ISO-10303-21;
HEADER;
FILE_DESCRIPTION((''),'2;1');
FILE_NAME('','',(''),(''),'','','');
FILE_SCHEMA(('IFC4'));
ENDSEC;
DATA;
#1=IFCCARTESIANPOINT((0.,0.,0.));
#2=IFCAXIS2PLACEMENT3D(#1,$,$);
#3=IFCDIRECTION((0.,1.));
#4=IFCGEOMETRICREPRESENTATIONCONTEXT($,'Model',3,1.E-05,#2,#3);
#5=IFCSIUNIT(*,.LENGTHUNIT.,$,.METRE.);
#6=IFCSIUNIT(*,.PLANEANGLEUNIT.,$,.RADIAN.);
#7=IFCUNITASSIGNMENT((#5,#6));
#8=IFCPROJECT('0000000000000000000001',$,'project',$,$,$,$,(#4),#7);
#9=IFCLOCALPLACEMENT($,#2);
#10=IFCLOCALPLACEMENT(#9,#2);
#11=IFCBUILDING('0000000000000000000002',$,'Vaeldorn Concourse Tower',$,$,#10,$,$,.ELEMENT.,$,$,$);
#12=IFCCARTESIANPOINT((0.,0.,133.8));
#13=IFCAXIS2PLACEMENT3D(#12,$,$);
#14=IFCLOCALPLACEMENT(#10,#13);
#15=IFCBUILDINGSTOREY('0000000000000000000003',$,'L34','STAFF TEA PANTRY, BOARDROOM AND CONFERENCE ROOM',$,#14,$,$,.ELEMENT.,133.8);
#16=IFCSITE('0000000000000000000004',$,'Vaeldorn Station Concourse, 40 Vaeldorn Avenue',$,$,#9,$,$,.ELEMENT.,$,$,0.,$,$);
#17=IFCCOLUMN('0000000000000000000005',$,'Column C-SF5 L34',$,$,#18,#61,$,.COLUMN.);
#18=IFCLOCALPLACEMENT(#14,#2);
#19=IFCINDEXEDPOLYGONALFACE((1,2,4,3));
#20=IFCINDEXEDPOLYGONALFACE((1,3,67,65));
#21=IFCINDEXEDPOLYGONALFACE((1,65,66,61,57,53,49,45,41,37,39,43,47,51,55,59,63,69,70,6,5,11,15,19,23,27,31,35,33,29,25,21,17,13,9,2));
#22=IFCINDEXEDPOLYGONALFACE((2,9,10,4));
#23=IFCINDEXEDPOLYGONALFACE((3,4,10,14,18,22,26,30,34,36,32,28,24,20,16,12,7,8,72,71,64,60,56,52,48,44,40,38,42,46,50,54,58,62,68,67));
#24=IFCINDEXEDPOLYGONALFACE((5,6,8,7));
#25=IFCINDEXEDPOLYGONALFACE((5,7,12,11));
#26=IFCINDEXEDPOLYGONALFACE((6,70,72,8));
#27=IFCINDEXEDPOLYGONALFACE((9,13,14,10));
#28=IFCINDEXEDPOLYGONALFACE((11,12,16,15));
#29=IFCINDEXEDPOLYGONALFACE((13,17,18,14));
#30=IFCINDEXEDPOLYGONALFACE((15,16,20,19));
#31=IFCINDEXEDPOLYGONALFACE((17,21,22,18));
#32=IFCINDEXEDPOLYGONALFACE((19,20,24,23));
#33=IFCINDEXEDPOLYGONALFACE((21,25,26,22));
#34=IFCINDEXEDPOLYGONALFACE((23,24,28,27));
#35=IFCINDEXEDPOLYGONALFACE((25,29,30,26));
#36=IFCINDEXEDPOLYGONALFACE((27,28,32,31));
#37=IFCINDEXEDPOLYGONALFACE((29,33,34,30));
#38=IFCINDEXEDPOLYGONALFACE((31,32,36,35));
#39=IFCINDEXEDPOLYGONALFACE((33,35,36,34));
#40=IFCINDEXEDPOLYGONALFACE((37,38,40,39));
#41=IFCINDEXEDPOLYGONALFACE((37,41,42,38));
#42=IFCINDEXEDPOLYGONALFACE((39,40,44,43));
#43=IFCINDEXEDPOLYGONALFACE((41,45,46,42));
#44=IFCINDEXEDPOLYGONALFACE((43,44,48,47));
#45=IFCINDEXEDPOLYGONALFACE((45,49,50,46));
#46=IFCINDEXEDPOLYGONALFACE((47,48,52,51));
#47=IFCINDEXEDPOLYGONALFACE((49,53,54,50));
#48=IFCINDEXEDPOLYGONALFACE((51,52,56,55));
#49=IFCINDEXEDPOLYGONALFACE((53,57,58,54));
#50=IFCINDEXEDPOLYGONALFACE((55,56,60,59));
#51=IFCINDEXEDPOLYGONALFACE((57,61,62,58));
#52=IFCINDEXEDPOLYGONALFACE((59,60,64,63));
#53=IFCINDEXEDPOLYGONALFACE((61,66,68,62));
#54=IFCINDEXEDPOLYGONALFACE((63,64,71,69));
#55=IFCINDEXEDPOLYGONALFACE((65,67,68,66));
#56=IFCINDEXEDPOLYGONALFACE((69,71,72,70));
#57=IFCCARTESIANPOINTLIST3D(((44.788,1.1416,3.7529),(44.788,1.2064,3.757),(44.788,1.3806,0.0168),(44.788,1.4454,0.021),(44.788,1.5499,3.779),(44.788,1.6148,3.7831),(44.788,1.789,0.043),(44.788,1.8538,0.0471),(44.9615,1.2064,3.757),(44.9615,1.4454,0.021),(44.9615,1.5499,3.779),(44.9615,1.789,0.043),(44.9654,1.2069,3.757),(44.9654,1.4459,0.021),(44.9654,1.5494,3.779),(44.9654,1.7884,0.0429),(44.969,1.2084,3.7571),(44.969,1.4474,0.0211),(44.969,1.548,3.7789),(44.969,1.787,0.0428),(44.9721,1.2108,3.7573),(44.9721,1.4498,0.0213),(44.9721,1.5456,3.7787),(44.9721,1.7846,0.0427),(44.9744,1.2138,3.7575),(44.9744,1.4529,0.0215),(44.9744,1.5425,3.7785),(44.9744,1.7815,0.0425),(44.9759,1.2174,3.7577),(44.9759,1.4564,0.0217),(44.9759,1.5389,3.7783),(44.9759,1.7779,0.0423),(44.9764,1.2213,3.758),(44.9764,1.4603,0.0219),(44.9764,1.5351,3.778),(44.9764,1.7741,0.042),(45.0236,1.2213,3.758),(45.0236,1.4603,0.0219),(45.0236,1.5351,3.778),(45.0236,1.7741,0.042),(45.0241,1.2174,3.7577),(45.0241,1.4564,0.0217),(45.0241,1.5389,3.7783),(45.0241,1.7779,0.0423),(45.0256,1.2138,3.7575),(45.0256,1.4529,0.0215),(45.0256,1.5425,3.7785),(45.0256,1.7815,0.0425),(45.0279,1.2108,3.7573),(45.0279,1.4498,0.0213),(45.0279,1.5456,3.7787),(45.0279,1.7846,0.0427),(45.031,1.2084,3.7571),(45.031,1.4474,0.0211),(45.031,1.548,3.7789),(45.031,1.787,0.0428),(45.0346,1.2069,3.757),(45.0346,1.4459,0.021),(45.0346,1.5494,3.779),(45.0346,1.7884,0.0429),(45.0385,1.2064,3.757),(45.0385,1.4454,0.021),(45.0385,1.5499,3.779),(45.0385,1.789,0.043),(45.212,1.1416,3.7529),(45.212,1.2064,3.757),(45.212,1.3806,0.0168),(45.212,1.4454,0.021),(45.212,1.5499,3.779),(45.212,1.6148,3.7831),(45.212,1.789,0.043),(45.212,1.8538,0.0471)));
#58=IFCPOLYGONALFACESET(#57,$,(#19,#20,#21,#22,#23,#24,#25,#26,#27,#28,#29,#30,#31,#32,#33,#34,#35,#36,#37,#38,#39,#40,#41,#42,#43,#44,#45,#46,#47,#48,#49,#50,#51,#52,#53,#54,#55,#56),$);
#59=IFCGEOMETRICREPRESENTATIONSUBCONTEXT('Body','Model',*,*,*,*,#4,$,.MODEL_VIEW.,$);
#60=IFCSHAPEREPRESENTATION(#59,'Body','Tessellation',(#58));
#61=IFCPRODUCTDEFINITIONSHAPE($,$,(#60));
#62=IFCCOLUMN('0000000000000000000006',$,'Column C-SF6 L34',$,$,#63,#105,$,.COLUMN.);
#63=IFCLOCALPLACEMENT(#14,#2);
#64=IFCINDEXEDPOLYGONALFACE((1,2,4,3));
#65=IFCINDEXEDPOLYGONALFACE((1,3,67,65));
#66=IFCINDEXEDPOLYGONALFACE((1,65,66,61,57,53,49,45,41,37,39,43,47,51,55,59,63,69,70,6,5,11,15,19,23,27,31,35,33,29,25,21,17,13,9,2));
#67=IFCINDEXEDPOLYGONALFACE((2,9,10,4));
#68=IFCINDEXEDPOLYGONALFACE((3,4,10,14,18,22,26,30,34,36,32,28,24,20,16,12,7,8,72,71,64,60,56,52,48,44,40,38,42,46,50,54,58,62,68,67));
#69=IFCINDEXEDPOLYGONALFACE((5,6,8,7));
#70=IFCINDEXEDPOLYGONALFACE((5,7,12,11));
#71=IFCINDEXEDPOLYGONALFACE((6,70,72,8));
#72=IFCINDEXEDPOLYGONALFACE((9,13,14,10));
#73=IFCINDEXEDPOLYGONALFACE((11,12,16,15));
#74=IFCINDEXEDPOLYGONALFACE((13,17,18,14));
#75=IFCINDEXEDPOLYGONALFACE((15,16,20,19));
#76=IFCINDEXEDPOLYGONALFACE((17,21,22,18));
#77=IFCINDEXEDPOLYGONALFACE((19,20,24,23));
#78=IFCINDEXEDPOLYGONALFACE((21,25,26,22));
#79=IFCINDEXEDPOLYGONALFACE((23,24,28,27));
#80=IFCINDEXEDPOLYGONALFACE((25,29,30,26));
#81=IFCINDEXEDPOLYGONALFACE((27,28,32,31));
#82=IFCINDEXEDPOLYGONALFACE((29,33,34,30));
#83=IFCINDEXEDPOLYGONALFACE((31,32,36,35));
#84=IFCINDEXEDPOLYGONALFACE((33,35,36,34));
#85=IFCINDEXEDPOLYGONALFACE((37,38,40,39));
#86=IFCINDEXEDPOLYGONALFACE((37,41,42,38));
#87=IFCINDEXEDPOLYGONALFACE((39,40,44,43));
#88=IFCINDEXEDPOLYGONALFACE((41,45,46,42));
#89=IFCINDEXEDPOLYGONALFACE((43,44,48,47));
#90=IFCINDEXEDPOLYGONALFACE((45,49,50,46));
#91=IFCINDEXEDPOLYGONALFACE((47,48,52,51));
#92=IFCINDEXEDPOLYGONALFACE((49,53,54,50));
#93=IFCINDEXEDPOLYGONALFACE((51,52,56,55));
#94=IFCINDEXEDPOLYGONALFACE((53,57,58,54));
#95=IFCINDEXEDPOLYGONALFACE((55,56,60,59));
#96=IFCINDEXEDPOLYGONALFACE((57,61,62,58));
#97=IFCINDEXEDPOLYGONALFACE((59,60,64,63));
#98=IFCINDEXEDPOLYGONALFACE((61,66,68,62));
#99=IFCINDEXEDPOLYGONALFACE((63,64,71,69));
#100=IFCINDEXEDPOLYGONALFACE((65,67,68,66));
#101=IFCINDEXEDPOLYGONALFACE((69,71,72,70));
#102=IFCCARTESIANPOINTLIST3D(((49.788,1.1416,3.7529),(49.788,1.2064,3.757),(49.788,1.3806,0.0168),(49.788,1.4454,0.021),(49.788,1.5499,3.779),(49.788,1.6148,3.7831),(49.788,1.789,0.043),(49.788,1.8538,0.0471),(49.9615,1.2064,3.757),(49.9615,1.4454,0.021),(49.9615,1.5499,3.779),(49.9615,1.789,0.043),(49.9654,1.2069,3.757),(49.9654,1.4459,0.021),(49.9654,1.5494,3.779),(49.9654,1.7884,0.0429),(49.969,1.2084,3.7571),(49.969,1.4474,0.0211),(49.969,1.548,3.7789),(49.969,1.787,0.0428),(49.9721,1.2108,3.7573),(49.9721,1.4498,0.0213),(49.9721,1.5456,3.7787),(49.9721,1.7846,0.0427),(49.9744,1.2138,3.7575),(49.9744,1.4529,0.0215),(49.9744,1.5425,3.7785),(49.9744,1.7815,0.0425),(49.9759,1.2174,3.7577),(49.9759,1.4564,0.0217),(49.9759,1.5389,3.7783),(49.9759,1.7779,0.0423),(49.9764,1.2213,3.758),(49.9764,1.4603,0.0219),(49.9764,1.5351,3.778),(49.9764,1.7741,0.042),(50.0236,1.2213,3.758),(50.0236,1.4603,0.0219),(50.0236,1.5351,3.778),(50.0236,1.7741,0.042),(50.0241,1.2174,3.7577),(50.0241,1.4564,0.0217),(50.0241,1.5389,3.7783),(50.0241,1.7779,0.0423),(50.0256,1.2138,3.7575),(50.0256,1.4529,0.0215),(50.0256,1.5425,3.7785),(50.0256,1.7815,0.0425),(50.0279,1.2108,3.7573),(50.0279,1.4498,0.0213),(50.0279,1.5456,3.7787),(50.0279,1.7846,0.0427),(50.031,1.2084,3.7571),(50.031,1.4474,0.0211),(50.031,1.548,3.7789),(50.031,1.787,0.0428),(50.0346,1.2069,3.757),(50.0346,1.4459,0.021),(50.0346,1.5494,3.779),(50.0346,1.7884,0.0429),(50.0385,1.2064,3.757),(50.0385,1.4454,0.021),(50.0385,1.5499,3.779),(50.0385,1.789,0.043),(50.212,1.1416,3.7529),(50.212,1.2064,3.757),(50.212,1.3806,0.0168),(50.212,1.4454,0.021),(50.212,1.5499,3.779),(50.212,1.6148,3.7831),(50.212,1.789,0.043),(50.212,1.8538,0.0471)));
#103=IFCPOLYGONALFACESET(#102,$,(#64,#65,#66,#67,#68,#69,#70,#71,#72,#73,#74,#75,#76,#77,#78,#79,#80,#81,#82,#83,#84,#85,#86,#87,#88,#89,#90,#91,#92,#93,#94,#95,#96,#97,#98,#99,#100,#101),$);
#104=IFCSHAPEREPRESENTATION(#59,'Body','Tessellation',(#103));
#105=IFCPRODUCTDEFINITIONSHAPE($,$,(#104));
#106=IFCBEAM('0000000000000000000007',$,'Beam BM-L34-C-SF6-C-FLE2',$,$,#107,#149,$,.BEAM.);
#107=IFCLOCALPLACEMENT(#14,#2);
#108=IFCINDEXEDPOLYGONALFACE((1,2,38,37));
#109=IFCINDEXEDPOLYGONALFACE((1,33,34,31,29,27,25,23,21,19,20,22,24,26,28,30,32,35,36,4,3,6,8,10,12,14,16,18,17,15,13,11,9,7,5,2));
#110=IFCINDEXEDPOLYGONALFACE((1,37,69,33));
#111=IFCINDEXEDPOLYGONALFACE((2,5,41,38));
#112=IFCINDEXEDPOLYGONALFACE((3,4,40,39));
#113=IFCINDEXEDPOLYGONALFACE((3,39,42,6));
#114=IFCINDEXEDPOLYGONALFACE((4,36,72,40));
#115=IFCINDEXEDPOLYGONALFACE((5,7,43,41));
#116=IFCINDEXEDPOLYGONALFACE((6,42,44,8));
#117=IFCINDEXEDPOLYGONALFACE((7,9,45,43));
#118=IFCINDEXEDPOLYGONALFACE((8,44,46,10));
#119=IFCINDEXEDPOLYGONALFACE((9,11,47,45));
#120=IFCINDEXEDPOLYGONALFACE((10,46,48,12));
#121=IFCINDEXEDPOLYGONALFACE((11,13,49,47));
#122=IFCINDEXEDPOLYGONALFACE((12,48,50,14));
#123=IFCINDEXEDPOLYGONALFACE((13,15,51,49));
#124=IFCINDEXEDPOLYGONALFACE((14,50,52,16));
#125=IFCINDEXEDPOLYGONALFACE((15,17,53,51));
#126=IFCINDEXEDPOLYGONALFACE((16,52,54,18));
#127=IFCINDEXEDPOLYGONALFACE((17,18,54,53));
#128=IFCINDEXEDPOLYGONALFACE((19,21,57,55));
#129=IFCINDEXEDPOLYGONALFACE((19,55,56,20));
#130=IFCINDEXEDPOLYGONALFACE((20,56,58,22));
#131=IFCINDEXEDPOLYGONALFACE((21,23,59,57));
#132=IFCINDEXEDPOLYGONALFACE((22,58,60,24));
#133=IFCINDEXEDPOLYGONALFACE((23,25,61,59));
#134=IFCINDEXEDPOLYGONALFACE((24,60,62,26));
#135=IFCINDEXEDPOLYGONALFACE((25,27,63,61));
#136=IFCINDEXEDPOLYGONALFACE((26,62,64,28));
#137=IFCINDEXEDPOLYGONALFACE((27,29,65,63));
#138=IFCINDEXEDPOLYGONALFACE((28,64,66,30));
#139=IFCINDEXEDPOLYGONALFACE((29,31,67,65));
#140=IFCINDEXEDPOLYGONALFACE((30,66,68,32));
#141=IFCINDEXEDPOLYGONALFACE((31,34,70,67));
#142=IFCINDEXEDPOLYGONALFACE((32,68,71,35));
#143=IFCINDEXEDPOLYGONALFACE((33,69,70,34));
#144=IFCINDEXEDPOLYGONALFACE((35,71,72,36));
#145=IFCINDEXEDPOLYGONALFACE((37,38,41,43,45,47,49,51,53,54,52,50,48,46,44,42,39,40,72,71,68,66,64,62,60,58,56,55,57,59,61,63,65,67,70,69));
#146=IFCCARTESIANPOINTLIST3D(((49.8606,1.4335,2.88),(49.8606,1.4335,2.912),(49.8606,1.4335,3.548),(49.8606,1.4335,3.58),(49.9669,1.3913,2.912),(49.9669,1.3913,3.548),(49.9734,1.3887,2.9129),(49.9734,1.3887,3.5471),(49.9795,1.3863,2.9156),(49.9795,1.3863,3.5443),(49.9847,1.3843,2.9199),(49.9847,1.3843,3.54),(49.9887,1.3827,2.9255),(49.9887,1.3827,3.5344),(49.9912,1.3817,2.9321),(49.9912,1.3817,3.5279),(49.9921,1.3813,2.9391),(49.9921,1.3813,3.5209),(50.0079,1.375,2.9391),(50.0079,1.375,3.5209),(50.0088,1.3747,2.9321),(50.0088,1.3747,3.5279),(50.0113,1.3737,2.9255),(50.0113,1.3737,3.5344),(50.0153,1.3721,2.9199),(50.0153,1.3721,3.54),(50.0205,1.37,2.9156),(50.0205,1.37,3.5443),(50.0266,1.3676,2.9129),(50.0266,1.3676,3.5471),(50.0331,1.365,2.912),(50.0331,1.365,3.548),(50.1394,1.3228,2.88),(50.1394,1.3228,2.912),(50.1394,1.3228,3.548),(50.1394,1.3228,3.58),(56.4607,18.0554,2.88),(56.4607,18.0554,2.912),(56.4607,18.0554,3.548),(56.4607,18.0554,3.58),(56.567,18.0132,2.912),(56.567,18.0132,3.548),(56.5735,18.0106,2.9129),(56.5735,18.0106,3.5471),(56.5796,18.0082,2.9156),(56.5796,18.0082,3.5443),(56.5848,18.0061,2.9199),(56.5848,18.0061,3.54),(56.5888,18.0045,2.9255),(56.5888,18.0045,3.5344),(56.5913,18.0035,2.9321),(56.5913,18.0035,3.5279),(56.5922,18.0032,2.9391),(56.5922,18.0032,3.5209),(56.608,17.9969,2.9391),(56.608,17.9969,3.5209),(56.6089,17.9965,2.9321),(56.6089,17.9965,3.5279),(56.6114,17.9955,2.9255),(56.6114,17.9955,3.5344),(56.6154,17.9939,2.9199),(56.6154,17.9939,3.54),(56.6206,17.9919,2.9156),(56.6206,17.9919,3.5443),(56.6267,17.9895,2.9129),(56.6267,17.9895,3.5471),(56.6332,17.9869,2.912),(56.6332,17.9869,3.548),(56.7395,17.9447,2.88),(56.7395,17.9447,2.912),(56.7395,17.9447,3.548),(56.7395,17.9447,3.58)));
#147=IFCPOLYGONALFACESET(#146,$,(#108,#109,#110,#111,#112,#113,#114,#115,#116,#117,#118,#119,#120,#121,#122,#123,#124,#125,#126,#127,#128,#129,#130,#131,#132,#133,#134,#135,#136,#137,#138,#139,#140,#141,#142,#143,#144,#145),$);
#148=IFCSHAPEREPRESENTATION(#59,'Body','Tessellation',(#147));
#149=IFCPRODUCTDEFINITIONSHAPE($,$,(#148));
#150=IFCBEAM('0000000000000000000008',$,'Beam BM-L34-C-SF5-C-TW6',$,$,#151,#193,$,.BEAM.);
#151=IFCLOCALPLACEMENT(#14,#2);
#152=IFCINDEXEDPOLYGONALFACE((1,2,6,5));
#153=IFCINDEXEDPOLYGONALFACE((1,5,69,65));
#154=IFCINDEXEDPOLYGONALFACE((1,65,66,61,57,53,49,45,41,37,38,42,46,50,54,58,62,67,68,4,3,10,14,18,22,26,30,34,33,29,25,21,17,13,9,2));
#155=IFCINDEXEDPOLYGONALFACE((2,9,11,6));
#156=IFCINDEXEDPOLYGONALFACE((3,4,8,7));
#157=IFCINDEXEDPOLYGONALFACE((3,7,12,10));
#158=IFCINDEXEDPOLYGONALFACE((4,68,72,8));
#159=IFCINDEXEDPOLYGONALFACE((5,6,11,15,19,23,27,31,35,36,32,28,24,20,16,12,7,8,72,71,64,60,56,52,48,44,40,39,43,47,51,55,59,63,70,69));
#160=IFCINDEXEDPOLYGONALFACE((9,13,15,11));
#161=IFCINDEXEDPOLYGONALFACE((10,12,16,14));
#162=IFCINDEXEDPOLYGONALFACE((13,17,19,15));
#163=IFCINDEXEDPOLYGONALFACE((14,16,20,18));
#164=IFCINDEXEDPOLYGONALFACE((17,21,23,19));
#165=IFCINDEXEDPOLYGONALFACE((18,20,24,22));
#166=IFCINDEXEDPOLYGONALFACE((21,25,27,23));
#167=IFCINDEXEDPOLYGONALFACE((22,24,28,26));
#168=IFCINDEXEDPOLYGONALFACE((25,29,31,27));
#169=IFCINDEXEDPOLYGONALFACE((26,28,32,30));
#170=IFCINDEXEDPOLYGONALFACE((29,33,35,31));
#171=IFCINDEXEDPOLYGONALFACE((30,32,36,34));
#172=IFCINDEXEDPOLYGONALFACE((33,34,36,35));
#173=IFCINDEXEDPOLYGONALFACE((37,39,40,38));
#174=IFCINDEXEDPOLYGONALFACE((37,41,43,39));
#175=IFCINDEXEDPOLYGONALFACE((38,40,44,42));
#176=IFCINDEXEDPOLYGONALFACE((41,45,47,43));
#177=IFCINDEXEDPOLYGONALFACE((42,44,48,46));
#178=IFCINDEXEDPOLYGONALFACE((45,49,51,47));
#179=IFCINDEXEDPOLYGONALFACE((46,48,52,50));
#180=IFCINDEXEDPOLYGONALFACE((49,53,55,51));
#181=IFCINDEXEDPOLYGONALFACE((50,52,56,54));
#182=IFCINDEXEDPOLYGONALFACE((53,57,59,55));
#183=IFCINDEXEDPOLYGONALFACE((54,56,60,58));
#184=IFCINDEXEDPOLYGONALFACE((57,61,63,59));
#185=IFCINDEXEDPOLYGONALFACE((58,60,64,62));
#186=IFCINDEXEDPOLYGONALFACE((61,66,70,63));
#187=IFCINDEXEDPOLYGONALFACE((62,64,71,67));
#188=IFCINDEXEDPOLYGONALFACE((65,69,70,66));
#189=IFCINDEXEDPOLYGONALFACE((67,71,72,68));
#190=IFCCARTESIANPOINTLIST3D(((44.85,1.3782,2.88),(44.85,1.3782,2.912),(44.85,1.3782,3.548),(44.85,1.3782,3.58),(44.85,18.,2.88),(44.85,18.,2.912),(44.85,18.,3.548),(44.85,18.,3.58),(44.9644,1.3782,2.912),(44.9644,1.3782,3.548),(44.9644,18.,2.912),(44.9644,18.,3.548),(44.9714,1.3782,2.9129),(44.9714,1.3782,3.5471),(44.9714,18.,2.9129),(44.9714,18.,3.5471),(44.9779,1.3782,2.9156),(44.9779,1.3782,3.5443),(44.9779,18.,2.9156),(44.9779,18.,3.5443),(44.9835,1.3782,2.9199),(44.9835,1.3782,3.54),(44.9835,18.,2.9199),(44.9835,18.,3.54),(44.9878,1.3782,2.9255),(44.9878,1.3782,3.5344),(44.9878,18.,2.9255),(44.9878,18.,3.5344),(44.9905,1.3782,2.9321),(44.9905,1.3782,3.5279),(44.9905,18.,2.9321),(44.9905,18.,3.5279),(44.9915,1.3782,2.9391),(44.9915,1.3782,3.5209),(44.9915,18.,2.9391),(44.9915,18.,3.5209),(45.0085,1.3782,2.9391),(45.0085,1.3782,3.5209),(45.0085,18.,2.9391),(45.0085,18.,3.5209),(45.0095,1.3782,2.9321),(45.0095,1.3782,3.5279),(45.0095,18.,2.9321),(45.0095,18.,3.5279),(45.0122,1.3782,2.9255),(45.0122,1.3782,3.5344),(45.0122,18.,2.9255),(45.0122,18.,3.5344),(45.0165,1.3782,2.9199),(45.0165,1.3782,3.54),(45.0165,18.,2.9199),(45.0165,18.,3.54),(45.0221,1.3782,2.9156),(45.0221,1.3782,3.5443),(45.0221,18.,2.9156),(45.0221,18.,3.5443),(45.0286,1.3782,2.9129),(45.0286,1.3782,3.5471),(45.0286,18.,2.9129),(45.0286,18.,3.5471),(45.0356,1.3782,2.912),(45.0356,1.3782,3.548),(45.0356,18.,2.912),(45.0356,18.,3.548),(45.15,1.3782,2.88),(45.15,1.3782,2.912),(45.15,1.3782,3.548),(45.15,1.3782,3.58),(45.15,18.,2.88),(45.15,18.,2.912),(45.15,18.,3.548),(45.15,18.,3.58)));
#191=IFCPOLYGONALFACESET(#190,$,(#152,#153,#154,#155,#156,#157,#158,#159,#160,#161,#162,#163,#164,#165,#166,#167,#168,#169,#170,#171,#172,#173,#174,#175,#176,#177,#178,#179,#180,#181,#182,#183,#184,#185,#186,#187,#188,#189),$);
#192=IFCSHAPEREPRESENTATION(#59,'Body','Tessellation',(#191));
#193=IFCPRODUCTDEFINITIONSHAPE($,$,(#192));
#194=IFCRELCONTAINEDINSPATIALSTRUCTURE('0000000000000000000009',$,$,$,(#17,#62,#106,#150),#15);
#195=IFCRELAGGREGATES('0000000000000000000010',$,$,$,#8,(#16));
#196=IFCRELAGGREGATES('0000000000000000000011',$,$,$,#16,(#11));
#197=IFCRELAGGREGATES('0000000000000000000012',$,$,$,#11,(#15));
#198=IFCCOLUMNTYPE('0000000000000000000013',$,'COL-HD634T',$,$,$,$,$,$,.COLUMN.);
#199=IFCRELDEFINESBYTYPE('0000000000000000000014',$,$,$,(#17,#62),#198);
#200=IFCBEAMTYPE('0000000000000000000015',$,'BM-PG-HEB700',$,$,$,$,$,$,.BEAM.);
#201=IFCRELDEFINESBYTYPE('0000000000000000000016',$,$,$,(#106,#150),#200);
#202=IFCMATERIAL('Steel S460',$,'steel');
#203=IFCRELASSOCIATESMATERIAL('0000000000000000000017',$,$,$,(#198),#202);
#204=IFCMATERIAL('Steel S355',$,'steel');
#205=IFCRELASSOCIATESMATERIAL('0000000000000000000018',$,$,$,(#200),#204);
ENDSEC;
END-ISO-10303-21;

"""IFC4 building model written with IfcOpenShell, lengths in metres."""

from ifc_helpers import new_model, si_unit, direction, frame, origin, origin_2d, place, context, subcontext, project, spatial, i_section, extrude, source, transform, mapped, material, material_profile, profile_set, type_object, element, save


model = new_model("IFC4")

# Units and contexts
model_context = context("Model", 3, precision=1e-05, world=origin(), true_north=direction((0.0, 1.0)))
body_context = subcontext(model_context, "Body", "Model", "MODEL_VIEW")
ifc_project = project(units=[si_unit("LENGTHUNIT", "METRE"), si_unit("PLANEANGLEUNIT", "RADIAN")], contexts=[model_context])

# Site, building, storey
site_placement = place(None, origin())
site = spatial("IfcSite", under=ifc_project, at=site_placement, Name="Vaeldorn Station Concourse, 40 Vaeldorn Avenue", CompositionType="ELEMENT", RefElevation=0.0)
building_placement = place(site_placement, origin())
building = spatial("IfcBuilding", under=site, at=building_placement, Name="Vaeldorn Concourse Tower", CompositionType="ELEMENT")
storey_placement = place(building_placement, frame((0.0, 0.0, 133.8)))
storey = spatial("IfcBuildingStorey", under=building, at=storey_placement, Name="L34", Description="STAFF TEA PANTRY, BOARDROOM AND CONFERENCE ROOM", CompositionType="ELEMENT", Elevation=133.8)

# Columns
ifc_material_1 = material(Name="Steel S460", Category="steel")
ifc_material_profile_1 = material_profile(ifc_material_1, i_section(OverallWidth=0.4241, OverallDepth=0.4741, WebThickness=0.0471, FlangeThickness=0.0649, FilletRadius=0.0149, at=origin_2d()), Name="HD 400x634")
ifc_profile_set_1 = profile_set([ifc_material_profile_1], Name="Steel S460")
column_type = type_object("IfcColumnType", Name="COL-HD634T", PredefinedType="COLUMN", material=ifc_profile_set_1)
shared_shape_1 = source(origin(), body_context, "Body", "SweptSolid", [
    extrude(i_section(OverallWidth=0.4241, OverallDepth=0.4741, WebThickness=0.0471, FlangeThickness=0.0649, FilletRadius=0.0149, at=origin_2d()), origin(), (0.0, 0.0, 1.0), 3.7437),
])
for number, where, z_axis, x_axis, name in (
    (1, (45.0, 1.6172, 0.032), (0.0, -0.063844, 0.99796), (1.0, 0.0, 0.0), "Column C-SF5 L34"),
    (2, (50.0, 1.6172, 0.032), (0.0, -0.063844, 0.99796), (1.0, 0.0, 0.0), "Column C-SF6 L34"),
):
    element("IfcColumn", number, at=place(storey_placement, frame(where, z_axis=z_axis, x_axis=x_axis)), inside=storey, type_object=column_type, Name=name, PredefinedType="COLUMN", context=body_context, shape_type="MappedRepresentation", body=[
        mapped(shared_shape_1, transform((0.0, 0.0, 0.0), scale=1.0)),
    ])

# Beams
ifc_material_2 = material(Name="Steel S355", Category="steel")
ifc_material_profile_2 = material_profile(ifc_material_2, i_section(OverallWidth=0.3, OverallDepth=0.7, WebThickness=0.0171, FlangeThickness=0.032, FilletRadius=0.0271, at=origin_2d()), Name="HEB 700")
ifc_profile_set_2 = profile_set([ifc_material_profile_2], Name="Steel S355")
beam_type = type_object("IfcBeamType", Name="BM-PG-HEB700", PredefinedType="BEAM", material=ifc_profile_set_2)
shared_shape_2 = source(origin(), body_context, "Body", "SweptSolid", [
    extrude(i_section(OverallWidth=0.3, OverallDepth=0.7, WebThickness=0.0171, FlangeThickness=0.032, FilletRadius=0.0271, at=origin_2d()), origin(), (0.0, 0.0, 1.0), 17.8843),
])
beam_1_placement = place(storey_placement, frame((50.0, 1.3782, 3.23), z_axis=(0.369045, 0.929411, 0.0), x_axis=(-0.929411, 0.369045, 0.0)))
element("IfcBeam", 3, at=beam_1_placement, inside=storey, type_object=beam_type, Name="Beam BM-L34-C-SF6-C-FLE2", PredefinedType="BEAM", context=body_context, shape_type="MappedRepresentation", body=[
    mapped(shared_shape_2, transform((0.0, 0.0, 0.0), scale=1.0)),
])
shared_shape_3 = source(origin(), body_context, "Body", "SweptSolid", [
    extrude(i_section(OverallWidth=0.3, OverallDepth=0.7, WebThickness=0.0171, FlangeThickness=0.032, FilletRadius=0.0271, at=origin_2d()), origin(), (0.0, 0.0, 1.0), 16.6218),
])
beam_2_placement = place(storey_placement, frame((45.0, 1.3782, 3.23), z_axis=(0.0, 1.0, 0.0), x_axis=(-1.0, 0.0, 0.0)))
element("IfcBeam", 4, at=beam_2_placement, inside=storey, type_object=beam_type, Name="Beam BM-L34-C-SF5-C-TW6", PredefinedType="BEAM", context=body_context, shape_type="MappedRepresentation", body=[
    mapped(shared_shape_3, transform((0.0, 0.0, 0.0), scale=1.0)),
])

save(model, "model.ifc")
